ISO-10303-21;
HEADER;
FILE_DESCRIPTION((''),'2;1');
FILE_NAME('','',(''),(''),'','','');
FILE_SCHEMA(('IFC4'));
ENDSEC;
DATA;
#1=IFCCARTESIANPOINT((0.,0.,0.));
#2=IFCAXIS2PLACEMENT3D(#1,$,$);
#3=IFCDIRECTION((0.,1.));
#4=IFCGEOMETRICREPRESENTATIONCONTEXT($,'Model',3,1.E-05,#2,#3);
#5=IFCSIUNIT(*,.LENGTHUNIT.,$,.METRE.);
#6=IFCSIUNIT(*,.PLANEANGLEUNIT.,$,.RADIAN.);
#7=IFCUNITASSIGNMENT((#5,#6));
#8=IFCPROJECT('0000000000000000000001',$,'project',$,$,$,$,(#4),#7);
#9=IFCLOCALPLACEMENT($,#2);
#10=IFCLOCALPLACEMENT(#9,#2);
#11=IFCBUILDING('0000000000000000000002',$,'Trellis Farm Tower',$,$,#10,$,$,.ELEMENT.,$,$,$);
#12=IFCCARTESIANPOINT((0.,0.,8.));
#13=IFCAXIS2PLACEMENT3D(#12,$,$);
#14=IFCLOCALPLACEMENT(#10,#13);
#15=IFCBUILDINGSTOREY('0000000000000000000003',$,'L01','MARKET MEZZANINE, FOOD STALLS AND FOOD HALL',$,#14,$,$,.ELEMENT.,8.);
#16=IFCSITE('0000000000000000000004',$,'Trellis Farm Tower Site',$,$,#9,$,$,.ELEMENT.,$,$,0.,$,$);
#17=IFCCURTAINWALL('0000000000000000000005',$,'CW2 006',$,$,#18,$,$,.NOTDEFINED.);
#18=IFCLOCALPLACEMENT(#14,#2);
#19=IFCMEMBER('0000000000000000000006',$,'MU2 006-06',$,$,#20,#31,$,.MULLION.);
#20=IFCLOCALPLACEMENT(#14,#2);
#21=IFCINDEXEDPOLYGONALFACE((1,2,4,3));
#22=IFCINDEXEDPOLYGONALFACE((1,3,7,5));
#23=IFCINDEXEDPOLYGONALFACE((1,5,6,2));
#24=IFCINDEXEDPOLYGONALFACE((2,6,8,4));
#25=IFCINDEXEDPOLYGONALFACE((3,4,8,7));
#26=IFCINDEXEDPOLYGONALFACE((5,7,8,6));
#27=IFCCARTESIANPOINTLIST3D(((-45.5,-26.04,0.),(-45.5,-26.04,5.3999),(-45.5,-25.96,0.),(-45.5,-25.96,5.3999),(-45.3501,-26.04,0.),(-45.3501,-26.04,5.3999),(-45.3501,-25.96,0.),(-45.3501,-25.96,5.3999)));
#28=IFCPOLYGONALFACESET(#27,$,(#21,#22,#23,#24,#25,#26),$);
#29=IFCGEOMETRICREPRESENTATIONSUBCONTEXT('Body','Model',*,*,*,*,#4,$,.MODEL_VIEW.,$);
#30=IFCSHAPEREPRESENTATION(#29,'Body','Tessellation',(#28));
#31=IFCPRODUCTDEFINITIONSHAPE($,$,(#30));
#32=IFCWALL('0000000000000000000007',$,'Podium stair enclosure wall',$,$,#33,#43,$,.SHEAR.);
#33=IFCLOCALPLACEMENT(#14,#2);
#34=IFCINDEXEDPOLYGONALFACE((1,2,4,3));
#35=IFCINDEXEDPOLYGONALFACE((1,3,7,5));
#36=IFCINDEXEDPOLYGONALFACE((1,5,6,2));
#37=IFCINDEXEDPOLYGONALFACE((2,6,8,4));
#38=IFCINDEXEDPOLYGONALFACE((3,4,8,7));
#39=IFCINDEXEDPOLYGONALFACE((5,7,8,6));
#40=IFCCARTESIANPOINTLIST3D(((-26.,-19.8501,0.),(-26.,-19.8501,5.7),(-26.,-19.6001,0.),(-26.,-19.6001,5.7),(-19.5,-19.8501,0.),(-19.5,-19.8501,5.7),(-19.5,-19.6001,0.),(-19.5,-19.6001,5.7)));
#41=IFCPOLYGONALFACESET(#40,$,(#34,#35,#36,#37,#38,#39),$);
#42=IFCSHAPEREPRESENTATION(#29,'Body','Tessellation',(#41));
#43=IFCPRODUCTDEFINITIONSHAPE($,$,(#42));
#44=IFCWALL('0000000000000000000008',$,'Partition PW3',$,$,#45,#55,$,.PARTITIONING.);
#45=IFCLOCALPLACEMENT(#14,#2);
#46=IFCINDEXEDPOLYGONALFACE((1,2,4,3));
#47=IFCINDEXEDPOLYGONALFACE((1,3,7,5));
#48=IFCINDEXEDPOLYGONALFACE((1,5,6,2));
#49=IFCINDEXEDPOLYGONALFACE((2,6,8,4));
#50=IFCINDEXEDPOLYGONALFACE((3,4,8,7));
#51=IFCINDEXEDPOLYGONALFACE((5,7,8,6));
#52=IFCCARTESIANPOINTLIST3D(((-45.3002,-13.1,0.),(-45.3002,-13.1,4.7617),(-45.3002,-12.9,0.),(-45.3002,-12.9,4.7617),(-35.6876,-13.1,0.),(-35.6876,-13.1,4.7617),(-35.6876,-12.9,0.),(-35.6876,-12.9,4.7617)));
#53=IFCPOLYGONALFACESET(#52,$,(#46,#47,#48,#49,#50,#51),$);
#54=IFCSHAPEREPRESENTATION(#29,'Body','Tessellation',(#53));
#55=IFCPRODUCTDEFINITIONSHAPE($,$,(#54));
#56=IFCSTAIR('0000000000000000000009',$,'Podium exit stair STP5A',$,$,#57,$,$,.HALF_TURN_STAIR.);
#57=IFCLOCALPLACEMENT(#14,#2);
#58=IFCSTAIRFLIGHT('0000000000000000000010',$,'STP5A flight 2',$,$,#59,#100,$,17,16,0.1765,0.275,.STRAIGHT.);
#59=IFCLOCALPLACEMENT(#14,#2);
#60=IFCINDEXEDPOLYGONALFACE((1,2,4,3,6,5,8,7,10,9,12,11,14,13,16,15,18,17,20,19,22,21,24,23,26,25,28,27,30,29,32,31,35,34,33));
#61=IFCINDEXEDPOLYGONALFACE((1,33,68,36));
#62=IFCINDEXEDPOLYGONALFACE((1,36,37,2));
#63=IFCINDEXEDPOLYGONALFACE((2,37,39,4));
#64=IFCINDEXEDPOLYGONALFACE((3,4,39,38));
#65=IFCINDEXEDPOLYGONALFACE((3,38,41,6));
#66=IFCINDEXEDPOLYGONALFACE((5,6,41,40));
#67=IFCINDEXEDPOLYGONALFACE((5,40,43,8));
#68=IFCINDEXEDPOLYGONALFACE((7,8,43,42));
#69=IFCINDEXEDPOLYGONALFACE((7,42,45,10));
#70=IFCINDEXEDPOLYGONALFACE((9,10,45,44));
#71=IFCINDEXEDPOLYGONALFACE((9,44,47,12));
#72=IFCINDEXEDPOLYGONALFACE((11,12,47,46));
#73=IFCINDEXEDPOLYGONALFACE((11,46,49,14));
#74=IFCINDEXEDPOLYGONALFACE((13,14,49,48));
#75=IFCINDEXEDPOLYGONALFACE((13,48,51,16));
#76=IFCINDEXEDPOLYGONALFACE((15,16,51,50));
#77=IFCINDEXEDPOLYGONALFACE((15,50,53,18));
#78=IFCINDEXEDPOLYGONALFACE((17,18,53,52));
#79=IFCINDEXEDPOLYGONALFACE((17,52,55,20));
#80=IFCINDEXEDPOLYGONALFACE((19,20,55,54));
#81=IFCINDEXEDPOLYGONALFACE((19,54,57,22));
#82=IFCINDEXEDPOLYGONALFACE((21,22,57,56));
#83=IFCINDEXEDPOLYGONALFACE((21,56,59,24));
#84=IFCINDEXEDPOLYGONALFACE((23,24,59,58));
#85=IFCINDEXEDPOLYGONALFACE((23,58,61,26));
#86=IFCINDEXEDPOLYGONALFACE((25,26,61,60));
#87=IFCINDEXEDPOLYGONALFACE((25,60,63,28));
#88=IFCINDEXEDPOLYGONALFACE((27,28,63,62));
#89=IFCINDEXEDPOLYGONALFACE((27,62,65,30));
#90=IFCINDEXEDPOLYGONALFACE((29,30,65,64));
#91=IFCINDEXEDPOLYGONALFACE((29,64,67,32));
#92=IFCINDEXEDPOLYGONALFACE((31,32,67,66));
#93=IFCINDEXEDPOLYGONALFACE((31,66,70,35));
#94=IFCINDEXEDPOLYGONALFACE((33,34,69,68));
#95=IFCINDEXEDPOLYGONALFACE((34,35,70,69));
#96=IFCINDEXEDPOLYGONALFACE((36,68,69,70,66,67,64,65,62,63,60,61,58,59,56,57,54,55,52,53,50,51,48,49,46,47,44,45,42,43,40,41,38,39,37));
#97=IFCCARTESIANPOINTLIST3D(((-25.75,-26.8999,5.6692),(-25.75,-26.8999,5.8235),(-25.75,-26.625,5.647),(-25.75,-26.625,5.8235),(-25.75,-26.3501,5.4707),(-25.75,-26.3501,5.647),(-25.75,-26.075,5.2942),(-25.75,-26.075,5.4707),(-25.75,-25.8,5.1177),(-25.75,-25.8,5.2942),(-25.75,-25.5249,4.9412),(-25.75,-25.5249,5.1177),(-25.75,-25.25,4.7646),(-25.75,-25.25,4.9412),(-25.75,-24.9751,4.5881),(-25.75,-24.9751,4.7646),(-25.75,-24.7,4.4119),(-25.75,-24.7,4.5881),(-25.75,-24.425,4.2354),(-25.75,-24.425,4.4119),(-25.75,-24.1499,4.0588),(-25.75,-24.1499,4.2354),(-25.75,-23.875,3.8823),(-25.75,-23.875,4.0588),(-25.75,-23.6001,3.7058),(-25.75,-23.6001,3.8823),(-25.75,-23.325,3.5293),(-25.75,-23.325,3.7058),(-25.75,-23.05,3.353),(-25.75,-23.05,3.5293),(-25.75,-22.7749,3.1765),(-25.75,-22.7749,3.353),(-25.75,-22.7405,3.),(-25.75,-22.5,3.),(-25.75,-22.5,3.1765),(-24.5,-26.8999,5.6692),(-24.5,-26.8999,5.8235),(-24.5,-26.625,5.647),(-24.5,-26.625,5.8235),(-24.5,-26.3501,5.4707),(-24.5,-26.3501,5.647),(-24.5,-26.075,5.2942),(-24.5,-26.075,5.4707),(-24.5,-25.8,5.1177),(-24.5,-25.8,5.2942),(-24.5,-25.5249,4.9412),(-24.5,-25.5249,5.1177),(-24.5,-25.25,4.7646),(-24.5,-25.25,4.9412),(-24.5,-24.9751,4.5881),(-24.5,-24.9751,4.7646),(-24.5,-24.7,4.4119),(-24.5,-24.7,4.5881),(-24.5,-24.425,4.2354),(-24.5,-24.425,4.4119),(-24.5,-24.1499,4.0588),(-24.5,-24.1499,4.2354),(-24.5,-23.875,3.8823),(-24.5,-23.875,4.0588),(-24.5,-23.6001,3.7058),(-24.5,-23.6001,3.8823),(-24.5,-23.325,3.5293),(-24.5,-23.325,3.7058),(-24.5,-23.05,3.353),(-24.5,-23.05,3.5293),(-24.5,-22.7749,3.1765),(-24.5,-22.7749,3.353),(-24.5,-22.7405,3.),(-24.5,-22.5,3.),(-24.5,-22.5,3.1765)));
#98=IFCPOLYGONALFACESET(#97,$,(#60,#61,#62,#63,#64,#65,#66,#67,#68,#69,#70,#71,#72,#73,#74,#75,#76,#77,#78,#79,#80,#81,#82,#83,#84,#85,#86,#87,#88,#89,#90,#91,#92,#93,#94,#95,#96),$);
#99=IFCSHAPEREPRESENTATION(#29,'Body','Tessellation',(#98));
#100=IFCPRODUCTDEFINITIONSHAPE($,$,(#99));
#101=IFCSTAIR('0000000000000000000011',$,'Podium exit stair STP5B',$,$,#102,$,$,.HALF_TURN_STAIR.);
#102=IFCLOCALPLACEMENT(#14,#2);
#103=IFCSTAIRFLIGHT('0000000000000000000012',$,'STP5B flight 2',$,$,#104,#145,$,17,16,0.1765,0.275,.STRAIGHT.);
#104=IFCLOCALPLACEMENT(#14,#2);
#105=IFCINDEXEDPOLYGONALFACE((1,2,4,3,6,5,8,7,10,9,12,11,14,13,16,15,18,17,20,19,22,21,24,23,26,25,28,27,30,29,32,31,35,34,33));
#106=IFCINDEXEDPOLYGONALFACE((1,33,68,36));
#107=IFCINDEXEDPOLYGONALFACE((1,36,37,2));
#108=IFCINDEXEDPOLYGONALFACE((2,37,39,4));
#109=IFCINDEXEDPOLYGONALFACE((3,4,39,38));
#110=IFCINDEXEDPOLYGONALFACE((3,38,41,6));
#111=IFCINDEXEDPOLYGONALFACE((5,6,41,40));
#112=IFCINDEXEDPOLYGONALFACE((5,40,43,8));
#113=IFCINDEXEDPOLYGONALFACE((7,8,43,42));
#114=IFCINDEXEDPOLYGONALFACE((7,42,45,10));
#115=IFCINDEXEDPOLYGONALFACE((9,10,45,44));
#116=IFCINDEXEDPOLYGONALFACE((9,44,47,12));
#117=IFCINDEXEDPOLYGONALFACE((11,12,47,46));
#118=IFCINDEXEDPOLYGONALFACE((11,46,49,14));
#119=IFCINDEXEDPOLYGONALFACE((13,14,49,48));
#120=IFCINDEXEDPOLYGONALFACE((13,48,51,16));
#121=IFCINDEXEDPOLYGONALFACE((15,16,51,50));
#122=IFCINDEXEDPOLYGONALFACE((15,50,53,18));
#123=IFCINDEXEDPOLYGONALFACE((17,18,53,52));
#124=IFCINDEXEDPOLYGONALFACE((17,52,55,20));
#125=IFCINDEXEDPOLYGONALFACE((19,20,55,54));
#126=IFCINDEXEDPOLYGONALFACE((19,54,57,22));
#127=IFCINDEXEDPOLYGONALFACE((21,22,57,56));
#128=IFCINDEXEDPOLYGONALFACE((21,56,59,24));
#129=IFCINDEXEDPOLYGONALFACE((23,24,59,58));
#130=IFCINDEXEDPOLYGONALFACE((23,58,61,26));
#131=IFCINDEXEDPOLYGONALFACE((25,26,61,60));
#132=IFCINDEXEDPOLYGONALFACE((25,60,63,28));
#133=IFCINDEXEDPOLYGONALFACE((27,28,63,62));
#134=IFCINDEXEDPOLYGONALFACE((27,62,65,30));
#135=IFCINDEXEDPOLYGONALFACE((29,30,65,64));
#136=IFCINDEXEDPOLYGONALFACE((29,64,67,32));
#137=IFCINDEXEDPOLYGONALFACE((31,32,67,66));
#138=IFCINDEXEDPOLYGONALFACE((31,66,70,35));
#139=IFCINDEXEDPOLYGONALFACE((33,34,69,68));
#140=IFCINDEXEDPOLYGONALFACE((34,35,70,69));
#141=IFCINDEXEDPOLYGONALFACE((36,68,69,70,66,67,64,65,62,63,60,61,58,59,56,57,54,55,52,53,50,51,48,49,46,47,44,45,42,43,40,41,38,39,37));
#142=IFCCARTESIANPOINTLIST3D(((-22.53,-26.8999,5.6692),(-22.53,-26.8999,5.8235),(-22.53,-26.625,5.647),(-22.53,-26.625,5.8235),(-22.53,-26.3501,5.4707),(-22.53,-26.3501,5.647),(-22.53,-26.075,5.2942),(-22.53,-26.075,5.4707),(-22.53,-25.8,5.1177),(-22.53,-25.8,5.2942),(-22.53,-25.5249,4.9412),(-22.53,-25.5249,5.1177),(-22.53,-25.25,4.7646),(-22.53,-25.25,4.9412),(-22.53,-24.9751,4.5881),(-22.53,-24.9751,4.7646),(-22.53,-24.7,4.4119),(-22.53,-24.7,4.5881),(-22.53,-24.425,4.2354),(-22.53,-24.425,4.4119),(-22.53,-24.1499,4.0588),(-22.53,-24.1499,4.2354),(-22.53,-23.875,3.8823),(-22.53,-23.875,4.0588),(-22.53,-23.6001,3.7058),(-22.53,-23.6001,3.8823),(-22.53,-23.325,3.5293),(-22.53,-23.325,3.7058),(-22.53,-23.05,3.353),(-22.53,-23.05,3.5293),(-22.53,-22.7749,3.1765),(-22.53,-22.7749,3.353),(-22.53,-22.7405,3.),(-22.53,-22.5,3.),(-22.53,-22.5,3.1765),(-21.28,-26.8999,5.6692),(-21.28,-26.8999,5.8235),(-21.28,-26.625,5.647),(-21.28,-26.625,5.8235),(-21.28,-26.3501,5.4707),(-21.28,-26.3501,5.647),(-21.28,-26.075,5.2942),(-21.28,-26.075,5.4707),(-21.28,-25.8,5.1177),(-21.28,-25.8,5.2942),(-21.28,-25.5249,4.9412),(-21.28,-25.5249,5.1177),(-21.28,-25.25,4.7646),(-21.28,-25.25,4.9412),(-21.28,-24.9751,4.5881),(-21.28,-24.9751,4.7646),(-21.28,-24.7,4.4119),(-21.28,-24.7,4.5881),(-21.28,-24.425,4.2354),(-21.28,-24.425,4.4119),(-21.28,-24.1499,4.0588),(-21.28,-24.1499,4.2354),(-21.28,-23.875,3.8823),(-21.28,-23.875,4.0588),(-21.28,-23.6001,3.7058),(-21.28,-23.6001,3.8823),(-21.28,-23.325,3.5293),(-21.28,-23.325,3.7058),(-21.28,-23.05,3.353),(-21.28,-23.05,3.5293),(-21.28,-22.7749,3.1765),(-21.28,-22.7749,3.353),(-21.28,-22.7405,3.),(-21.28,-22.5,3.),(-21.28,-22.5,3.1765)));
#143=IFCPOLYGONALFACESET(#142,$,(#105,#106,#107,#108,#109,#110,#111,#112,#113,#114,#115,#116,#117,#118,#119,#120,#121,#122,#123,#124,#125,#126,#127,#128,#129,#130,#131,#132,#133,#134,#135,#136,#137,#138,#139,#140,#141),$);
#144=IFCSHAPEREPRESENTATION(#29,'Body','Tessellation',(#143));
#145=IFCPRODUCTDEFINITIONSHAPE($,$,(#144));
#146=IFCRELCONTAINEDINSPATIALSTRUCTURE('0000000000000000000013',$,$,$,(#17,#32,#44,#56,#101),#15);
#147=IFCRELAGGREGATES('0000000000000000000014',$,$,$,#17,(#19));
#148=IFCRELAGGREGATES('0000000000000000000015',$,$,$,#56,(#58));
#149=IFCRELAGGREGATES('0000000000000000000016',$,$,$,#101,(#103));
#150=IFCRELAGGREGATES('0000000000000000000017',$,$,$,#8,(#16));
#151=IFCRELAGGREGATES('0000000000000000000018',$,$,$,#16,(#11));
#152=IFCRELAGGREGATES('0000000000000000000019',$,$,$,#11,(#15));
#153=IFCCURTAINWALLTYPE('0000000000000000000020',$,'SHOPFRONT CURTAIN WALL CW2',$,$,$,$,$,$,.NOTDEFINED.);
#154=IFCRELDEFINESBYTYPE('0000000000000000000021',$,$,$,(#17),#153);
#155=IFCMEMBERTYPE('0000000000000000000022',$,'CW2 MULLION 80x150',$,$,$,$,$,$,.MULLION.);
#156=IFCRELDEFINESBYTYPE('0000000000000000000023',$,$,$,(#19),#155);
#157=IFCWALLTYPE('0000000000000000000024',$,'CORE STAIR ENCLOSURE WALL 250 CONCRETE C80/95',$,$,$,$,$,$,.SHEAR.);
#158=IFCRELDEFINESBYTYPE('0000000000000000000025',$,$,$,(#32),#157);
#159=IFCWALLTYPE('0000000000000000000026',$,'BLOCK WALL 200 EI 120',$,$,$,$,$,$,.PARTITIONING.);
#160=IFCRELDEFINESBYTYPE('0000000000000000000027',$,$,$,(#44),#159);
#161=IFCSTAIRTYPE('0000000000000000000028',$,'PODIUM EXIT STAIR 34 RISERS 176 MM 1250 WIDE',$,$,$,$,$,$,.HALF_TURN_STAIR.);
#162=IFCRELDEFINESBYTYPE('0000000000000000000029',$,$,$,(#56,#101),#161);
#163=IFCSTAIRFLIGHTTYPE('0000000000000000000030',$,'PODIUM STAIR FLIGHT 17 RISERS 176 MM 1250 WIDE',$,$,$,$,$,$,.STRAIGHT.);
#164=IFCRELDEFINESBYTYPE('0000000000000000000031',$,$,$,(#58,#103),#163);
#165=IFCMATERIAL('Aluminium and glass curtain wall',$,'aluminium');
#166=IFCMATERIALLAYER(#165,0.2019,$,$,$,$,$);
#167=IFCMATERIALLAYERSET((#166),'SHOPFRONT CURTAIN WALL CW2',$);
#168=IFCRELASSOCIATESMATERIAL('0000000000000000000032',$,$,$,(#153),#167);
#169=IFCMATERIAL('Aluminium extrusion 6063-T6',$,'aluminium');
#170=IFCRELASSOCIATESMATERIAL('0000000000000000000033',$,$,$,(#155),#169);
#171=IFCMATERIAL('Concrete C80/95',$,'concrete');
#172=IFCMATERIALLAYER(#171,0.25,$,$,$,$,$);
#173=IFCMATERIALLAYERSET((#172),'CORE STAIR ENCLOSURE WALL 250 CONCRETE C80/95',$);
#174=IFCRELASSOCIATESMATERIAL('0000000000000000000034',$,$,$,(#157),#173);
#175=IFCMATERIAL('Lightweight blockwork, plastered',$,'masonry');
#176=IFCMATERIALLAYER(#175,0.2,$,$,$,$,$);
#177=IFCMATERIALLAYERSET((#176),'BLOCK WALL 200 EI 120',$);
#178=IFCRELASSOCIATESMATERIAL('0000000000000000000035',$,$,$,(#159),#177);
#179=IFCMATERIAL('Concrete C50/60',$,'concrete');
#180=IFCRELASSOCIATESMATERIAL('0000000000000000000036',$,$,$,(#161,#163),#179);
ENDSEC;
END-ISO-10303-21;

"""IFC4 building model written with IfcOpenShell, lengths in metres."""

from ifc_helpers import new_model, si_unit, direction, frame, frame_2d, origin, origin_2d, place, context, subcontext, project, spatial, polyline, rectangle, outline, extrude, source, transform, mapped, material, layer, layer_set, material_profile, profile_set, type_object, element, aggregate, save


model = new_model("IFC4")

# Units and contexts
model_context = context("Model", 3, precision=1e-05, world=origin(), true_north=direction((0.0, 1.0)))
body_context = subcontext(model_context, "Body", "Model", "MODEL_VIEW")
ifc_project = project(units=[si_unit("LENGTHUNIT", "METRE"), si_unit("PLANEANGLEUNIT", "RADIAN")], contexts=[model_context])

# Site, building, storey
site_placement = place(None, origin())
site = spatial("IfcSite", under=ifc_project, at=site_placement, Name="Trellis Farm Tower Site", CompositionType="ELEMENT", RefElevation=0.0)
building_placement = place(site_placement, origin())
building = spatial("IfcBuilding", under=site, at=building_placement, Name="Trellis Farm Tower", CompositionType="ELEMENT")
storey_placement = place(building_placement, frame((0.0, 0.0, 8.0)))
storey = spatial("IfcBuildingStorey", under=building, at=storey_placement, Name="L01", Description="MARKET MEZZANINE, FOOD STALLS AND FOOD HALL", CompositionType="ELEMENT", Elevation=8.0)

# Curtain wall, member
ifc_material_1 = material(Name="Aluminium and glass curtain wall", Category="aluminium")
ifc_layer_1 = layer(ifc_material_1, 0.2019)
ifc_layer_set_1 = layer_set([ifc_layer_1], Name="SHOPFRONT CURTAIN WALL CW2")
curtain_wall_type = type_object("IfcCurtainWallType", Name="SHOPFRONT CURTAIN WALL CW2", PredefinedType="NOTDEFINED", material=ifc_layer_set_1)
placement = place(storey_placement, origin())
curtain_wall = element("IfcCurtainWall", 1, at=placement, inside=storey, type_object=curtain_wall_type, Name="CW2 006", PredefinedType="NOTDEFINED")
ifc_material_2 = material(Name="Aluminium extrusion 6063-T6", Category="aluminium")
ifc_material_profile_1 = material_profile(ifc_material_2, rectangle(XDim=0.0801, YDim=0.1499, at=origin_2d()), Name="MULLION 80x150")
ifc_profile_set_1 = profile_set([ifc_material_profile_1], Name="Aluminium extrusion 6063-T6")
member_type = type_object("IfcMemberType", Name="CW2 MULLION 80x150", PredefinedType="MULLION", material=ifc_profile_set_1)
shared_shape_1 = source(origin(), body_context, "Body", "SweptSolid", [
    extrude(rectangle(XDim=0.0801, YDim=0.1499, at=origin_2d()), origin(), (0.0, 0.0, 1.0), 5.3999),
])
member_1_placement = place(storey_placement, frame((-45.425, -26.0, 0.0), z_axis=(0.0, 0.0, 1.0), x_axis=(0.0, -1.0, 0.0)))
member_1 = element("IfcMember", 2, at=member_1_placement, type_object=member_type, Name="MU2 006-06", PredefinedType="MULLION", context=body_context, shape_type="MappedRepresentation", body=[
    mapped(shared_shape_1, transform((0.0, 0.0, 0.0))),
])
aggregate(curtain_wall, [member_1])

# Walls
ifc_material_3 = material(Name="Concrete C80/95", Category="concrete")
ifc_layer_2 = layer(ifc_material_3, 0.25)
ifc_layer_set_2 = layer_set([ifc_layer_2], Name="CORE STAIR ENCLOSURE WALL 250 CONCRETE C80/95")
wall_type_1 = type_object("IfcWallType", Name="CORE STAIR ENCLOSURE WALL 250 CONCRETE C80/95", PredefinedType="SHEAR", material=ifc_layer_set_2)
shared_shape_2 = source(origin(), body_context, "Body", "SweptSolid", [
    extrude(rectangle(XDim=6.5, YDim=0.25, at=frame_2d((3.25, 0.0))), origin(), (0.0, 0.0, 1.0), 5.7),
])
wall_1_placement = place(storey_placement, frame((-26.0, -19.7251, 0.0), z_axis=(0.0, 0.0, 1.0), x_axis=(1.0, 0.0, 0.0)))
element("IfcWall", 3, at=wall_1_placement, inside=storey, type_object=wall_type_1, Name="Podium stair enclosure wall", PredefinedType="SHEAR", context=body_context, shape_type="MappedRepresentation", body=[
    mapped(shared_shape_2, transform((0.0, 0.0, 0.0))),
])
ifc_material_4 = material(Name="Lightweight blockwork, plastered", Category="masonry")
ifc_layer_3 = layer(ifc_material_4, 0.2)
ifc_layer_set_3 = layer_set([ifc_layer_3], Name="BLOCK WALL 200 EI 120")
wall_type_2 = type_object("IfcWallType", Name="BLOCK WALL 200 EI 120", PredefinedType="PARTITIONING", material=ifc_layer_set_3)
shared_shape_3 = source(origin(), body_context, "Body", "SweptSolid", [
    extrude(rectangle(XDim=9.6125, YDim=0.2, at=frame_2d((4.8062, 0.0))), origin(), (0.0, 0.0, 1.0), 4.7617),
])
wall_2_placement = place(storey_placement, frame((-45.3, -13.0, 0.0), z_axis=(0.0, 0.0, 1.0), x_axis=(1.0, 0.0, 0.0)))
element("IfcWall", 4, at=wall_2_placement, inside=storey, type_object=wall_type_2, Name="Partition PW3", PredefinedType="PARTITIONING", context=body_context, shape_type="MappedRepresentation", body=[
    mapped(shared_shape_3, transform((0.0, 0.0, 0.0))),
])

# Stairs, stair flights
ifc_material_5 = material(Name="Concrete C50/60", Category="concrete")
stair_type = type_object("IfcStairType", Name="PODIUM EXIT STAIR 34 RISERS 176 MM 1250 WIDE", PredefinedType="HALF_TURN_STAIR", material=ifc_material_5)
stair_1 = element("IfcStair", 5, at=placement, inside=storey, type_object=stair_type, Name="Podium exit stair STP5A", PredefinedType="HALF_TURN_STAIR")
stair_flight_type = type_object("IfcStairFlightType", Name="PODIUM STAIR FLIGHT 17 RISERS 176 MM 1250 WIDE", PredefinedType="STRAIGHT", material=ifc_material_5)
shared_shape_4 = source(origin(), body_context, "Body", "SweptSolid", [
    extrude(outline(polyline([(0.0, 0.0), (0.0, 0.1765), (0.2749, 0.1765), (0.2749, 0.353), (0.55, 0.353), (0.55, 0.5293), (0.825, 0.5293), (0.825, 0.7058), (1.1001, 0.7058), (1.1001, 0.8823), (1.375, 0.8823), (1.375, 1.0588), (1.6499, 1.0588), (1.6499, 1.2354), (1.925, 1.2354), (1.925, 1.4119), (2.2, 1.4119), (2.2, 1.5881), (2.4751, 1.5881), (2.4751, 1.7646), (2.75, 1.7646), (2.75, 1.9412), (3.0249, 1.9412), (3.0249, 2.1177), (3.3, 2.1177), (3.3, 2.2942), (3.575, 2.2942), (3.575, 2.4707), (3.8501, 2.4707), (3.8501, 2.647), (4.125, 2.647), (4.125, 2.8235), (4.3999, 2.8235), (4.3999, 3.0), (4.3999, 2.6692), (0.2405, 0.0), (0.0, 0.0)])), frame((0.0, 0.625, 0.0), z_axis=(0.0, -1.0, 0.0), x_axis=(1.0, 0.0, 0.0)), (0.0, 0.0, 1.0), 1.25),
])
stair_flight_1_placement = place(storey_placement, frame((-25.125, -22.5, 3.0), z_axis=(0.0, 0.0, 1.0), x_axis=(0.0, -1.0, 0.0)))
stair_flight_1 = element("IfcStairFlight", 6, at=stair_flight_1_placement, type_object=stair_flight_type, Name="STP5A flight 2", NumberOfRisers=17, NumberOfTreads=16, PredefinedType="STRAIGHT", RiserHeight=0.1765, TreadLength=0.275, context=body_context, shape_type="MappedRepresentation", body=[
    mapped(shared_shape_4, transform((0.0, 0.0, 0.0))),
])
aggregate(stair_1, [stair_flight_1])
stair_2 = element("IfcStair", 7, at=placement, inside=storey, type_object=stair_type, Name="Podium exit stair STP5B", PredefinedType="HALF_TURN_STAIR")
stair_flight_2_placement = place(storey_placement, frame((-21.905, -22.5, 3.0), z_axis=(0.0, 0.0, 1.0), x_axis=(0.0, -1.0, 0.0)))
stair_flight_2 = element("IfcStairFlight", 8, at=stair_flight_2_placement, type_object=stair_flight_type, Name="STP5B flight 2", NumberOfRisers=17, NumberOfTreads=16, PredefinedType="STRAIGHT", RiserHeight=0.1765, TreadLength=0.275, context=body_context, shape_type="MappedRepresentation", body=[
    mapped(shared_shape_4, transform((0.0, 0.0, 0.0))),
])
aggregate(stair_2, [stair_flight_2])

save(model, "model.ifc")
